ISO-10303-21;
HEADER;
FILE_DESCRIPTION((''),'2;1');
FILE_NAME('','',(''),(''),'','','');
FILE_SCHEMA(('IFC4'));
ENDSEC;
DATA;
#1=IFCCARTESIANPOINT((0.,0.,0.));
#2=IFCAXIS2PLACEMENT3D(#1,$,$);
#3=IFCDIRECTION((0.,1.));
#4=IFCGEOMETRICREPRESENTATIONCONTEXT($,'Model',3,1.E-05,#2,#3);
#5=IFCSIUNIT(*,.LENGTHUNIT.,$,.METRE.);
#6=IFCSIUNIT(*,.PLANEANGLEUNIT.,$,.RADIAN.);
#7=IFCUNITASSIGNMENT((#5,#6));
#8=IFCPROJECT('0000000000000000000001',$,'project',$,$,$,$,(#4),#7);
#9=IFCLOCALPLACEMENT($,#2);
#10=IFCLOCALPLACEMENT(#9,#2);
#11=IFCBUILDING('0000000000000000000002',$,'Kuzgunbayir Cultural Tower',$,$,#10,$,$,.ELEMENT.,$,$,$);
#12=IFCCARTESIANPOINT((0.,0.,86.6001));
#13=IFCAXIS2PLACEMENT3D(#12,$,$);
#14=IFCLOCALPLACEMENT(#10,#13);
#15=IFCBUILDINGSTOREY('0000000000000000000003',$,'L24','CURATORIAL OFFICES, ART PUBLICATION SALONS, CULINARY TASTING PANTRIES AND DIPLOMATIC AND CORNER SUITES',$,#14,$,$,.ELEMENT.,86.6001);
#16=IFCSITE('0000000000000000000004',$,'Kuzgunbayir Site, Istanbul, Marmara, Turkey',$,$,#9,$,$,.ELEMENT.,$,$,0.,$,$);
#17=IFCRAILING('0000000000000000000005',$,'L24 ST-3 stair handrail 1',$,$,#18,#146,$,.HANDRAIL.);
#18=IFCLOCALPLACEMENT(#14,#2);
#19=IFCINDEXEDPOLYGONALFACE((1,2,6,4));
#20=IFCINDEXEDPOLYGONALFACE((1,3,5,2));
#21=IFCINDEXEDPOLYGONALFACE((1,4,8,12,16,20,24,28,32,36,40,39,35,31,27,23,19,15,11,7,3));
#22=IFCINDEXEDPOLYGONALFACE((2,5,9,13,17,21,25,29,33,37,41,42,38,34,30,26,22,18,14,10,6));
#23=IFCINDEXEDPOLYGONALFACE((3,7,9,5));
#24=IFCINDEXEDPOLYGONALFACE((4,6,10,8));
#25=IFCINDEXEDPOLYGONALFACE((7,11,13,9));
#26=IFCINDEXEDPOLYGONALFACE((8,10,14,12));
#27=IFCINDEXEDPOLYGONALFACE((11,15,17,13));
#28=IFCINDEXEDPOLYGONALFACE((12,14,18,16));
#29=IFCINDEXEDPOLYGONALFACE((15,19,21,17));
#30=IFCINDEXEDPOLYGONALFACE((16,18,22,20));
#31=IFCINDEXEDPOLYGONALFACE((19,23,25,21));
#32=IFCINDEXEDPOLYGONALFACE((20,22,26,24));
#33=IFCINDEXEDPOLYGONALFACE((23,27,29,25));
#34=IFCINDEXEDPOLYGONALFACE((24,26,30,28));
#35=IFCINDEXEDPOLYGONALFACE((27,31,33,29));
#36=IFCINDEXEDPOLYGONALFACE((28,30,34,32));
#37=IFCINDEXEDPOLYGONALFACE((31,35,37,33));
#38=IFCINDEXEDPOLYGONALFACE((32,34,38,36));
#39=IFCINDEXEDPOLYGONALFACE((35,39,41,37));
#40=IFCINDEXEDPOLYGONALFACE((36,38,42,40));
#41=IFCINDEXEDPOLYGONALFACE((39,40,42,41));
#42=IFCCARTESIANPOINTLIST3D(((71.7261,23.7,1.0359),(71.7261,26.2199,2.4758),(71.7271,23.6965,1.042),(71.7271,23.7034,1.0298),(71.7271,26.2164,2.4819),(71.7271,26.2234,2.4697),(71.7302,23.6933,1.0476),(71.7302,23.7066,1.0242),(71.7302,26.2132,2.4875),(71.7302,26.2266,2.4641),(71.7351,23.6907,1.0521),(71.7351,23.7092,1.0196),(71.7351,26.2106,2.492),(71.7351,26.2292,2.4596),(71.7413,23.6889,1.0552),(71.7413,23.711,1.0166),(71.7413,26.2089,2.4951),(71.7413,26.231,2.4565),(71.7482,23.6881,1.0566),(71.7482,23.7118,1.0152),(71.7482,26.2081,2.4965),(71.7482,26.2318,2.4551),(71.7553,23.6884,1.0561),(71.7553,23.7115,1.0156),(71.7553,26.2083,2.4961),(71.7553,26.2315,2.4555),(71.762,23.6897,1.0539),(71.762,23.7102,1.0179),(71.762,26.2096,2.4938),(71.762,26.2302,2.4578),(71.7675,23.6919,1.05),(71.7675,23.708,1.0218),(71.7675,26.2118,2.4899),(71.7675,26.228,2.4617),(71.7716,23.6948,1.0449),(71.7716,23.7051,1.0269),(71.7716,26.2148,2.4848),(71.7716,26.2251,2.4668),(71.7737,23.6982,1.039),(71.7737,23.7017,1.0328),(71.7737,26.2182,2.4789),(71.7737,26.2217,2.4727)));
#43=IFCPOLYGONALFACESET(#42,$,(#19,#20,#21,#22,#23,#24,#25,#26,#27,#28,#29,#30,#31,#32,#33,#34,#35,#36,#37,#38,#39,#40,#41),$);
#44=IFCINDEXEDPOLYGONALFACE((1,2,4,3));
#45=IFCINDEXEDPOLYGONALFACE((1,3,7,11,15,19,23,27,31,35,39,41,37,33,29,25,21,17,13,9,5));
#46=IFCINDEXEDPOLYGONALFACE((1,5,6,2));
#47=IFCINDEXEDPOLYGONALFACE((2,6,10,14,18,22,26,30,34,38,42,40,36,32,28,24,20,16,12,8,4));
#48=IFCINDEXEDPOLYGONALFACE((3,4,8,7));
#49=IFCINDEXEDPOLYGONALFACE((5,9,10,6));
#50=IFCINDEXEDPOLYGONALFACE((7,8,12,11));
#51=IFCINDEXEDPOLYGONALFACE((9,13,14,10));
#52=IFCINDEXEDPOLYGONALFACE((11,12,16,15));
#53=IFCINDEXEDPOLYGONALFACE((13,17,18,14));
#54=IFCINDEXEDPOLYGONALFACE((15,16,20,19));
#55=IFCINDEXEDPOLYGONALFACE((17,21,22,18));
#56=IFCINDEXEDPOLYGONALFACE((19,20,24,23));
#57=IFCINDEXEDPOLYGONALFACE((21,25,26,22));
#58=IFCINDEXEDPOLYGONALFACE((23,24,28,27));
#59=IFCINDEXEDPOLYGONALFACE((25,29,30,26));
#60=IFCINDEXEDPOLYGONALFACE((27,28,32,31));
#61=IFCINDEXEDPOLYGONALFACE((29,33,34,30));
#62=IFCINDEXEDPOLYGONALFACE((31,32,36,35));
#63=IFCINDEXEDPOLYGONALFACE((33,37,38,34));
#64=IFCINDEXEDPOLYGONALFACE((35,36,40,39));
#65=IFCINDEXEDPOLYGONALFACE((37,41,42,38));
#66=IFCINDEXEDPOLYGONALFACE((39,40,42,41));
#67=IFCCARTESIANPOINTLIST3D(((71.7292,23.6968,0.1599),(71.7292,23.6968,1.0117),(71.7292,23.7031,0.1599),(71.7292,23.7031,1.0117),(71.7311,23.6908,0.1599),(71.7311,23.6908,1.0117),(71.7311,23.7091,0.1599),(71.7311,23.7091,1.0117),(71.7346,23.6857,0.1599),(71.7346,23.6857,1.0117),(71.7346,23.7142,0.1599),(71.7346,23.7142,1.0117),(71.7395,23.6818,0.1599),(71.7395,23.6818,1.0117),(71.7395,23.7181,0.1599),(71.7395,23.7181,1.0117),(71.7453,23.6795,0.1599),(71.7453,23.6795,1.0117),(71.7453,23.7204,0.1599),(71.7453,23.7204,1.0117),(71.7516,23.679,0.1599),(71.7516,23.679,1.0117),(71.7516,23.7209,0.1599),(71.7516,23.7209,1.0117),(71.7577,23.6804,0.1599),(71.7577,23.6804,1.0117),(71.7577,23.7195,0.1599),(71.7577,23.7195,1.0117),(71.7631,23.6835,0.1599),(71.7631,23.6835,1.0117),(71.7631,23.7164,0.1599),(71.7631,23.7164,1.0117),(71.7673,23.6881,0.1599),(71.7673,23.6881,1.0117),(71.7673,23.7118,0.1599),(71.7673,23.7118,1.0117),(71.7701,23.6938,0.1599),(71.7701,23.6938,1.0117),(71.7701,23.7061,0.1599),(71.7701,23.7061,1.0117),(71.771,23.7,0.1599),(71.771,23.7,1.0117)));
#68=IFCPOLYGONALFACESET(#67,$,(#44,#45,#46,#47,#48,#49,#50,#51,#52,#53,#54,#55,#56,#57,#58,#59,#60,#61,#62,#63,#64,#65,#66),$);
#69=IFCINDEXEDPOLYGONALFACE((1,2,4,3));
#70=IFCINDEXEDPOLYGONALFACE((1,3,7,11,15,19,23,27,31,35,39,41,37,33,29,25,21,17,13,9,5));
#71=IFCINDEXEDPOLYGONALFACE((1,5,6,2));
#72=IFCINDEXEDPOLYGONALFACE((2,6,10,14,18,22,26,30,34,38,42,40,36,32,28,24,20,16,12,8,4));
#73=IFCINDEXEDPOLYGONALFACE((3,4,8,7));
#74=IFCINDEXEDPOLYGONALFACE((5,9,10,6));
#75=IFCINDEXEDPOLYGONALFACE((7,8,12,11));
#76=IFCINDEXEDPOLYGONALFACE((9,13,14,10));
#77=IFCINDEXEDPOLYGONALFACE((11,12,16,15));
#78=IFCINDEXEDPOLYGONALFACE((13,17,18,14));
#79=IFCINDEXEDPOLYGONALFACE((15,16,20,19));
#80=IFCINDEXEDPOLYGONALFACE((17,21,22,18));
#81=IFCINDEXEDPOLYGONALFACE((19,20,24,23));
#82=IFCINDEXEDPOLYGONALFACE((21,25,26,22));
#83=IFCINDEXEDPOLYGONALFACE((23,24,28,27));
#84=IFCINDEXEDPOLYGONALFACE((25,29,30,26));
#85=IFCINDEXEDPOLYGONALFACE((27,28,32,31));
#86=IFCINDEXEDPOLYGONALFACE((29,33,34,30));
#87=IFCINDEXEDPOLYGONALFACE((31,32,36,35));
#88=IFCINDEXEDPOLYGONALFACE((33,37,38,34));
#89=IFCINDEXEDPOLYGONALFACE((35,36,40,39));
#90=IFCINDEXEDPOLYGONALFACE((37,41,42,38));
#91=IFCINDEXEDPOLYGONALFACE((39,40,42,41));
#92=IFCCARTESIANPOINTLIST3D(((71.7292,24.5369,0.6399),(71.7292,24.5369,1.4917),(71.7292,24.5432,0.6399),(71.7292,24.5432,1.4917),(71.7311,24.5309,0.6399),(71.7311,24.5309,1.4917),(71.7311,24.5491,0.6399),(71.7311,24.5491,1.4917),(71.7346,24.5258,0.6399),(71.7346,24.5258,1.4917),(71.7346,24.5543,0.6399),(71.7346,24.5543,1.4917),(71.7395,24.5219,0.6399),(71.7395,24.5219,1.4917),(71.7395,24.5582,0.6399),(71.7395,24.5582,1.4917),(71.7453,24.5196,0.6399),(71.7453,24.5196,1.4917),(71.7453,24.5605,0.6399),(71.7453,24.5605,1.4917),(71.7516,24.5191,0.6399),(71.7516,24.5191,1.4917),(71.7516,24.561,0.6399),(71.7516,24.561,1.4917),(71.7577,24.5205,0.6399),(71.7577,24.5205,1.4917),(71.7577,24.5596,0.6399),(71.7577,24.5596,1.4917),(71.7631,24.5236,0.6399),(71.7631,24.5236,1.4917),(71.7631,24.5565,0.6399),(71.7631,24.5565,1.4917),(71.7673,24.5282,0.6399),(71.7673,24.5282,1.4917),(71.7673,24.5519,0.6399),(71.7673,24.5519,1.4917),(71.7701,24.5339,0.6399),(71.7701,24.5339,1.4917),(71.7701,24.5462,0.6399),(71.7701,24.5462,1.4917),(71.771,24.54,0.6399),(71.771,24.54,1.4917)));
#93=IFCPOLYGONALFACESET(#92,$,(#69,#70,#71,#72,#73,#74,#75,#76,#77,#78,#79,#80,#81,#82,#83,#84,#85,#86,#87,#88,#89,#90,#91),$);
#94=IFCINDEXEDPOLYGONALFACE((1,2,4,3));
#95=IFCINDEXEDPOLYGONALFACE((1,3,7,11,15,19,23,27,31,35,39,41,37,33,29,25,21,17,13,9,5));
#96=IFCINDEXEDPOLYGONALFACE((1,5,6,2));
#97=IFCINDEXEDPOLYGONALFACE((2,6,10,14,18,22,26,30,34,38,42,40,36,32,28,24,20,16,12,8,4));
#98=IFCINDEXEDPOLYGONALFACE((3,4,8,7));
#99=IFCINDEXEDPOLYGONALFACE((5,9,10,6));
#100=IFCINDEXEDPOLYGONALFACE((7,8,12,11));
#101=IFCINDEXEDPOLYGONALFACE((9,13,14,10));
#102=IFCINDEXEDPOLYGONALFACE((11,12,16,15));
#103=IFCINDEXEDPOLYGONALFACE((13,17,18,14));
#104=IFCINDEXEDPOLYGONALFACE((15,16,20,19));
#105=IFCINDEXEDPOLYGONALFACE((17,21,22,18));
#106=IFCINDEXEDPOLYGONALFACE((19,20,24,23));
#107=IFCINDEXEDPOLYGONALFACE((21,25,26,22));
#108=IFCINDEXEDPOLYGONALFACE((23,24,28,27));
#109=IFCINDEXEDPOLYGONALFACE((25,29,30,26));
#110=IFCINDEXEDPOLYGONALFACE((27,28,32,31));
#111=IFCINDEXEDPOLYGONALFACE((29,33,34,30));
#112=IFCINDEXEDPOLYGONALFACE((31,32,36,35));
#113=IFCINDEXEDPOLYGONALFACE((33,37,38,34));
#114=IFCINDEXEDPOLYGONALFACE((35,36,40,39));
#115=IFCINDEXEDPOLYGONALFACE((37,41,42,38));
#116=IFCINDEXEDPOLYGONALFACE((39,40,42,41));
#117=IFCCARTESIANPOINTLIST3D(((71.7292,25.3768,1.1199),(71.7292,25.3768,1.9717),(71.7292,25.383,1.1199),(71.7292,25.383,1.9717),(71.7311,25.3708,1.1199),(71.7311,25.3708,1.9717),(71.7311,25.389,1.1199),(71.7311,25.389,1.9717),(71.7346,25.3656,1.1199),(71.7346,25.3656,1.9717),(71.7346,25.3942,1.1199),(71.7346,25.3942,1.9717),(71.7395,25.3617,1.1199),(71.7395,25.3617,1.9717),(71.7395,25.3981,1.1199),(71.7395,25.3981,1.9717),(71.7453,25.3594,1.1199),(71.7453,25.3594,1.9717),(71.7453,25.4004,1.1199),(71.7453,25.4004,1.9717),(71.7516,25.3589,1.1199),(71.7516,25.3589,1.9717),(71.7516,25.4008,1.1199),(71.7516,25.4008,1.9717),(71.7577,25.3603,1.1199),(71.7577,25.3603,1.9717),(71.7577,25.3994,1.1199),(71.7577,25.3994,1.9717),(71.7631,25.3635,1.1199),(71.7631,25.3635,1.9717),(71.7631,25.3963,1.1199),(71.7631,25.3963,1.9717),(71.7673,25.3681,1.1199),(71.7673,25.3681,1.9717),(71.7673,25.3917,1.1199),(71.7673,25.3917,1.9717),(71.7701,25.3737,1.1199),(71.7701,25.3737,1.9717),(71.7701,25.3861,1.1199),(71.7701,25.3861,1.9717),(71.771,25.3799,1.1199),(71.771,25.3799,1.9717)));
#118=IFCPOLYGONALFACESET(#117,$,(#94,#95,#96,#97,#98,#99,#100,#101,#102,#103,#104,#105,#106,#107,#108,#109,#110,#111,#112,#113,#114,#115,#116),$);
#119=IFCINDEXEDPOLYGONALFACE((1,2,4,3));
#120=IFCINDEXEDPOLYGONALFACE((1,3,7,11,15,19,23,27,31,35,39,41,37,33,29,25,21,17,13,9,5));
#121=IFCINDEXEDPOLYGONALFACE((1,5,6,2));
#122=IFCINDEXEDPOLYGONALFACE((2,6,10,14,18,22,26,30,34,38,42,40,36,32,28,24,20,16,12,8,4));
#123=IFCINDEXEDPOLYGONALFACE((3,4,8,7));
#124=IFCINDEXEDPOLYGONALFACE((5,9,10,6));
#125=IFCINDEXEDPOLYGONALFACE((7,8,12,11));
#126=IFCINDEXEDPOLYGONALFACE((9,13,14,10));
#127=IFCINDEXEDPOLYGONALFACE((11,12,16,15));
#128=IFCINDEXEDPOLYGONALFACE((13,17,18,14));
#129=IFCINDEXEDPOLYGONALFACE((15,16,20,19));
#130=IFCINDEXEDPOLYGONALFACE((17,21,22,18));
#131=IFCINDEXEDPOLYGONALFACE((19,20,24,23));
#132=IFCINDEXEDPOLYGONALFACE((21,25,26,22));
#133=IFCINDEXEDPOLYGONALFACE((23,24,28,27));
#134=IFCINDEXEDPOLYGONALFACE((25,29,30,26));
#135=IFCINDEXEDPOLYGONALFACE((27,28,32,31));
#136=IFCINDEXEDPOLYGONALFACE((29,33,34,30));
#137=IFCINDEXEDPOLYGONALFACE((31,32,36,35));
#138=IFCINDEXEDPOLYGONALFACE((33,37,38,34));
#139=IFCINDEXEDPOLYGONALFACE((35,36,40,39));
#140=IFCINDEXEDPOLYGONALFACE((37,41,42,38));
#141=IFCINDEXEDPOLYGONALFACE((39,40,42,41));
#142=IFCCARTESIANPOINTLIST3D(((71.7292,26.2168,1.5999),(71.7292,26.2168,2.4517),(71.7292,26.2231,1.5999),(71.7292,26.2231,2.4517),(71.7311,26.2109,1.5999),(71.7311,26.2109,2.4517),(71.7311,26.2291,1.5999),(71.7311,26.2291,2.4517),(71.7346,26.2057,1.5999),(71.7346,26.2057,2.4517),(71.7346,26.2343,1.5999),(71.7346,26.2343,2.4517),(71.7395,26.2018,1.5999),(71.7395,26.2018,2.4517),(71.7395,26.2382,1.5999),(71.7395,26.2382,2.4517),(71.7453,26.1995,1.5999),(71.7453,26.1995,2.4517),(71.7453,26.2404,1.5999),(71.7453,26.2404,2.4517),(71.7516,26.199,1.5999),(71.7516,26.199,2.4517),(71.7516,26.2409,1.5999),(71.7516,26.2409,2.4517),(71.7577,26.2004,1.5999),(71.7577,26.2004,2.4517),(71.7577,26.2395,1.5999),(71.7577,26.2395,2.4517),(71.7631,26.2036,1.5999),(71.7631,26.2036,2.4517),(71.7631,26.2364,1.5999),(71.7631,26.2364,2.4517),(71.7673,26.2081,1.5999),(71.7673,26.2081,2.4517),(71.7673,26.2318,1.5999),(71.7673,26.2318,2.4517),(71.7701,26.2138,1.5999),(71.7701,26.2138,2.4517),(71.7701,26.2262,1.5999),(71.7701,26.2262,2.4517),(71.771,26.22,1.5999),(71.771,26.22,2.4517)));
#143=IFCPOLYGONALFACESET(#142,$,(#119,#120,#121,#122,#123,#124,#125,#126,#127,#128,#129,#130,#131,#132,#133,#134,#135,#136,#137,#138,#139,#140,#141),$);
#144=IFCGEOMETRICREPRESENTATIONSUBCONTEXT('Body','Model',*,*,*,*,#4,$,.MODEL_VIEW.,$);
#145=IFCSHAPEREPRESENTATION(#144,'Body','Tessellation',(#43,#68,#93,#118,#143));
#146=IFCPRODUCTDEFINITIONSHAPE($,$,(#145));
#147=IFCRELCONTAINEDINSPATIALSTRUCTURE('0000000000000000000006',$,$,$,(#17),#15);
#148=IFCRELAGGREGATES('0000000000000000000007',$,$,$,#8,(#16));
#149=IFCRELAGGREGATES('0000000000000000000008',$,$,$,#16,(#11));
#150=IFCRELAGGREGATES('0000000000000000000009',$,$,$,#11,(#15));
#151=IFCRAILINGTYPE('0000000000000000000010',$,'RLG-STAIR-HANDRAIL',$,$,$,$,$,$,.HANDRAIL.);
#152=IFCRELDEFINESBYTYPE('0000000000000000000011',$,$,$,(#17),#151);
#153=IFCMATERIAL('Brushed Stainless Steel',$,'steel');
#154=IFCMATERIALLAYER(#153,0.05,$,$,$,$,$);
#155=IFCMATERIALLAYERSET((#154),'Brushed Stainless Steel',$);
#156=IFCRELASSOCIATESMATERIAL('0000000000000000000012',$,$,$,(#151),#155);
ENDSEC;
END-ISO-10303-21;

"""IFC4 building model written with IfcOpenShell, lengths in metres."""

from ifc_helpers import new_model, si_unit, direction, frame, origin, origin_2d, place, context, subcontext, project, spatial, circle, extrude, material, layer, layer_set, type_object, element, save


model = new_model("IFC4")

# Units and contexts
model_context = context("Model", 3, precision=1e-05, world=origin(), true_north=direction((0.0, 1.0)))
body_context = subcontext(model_context, "Body", "Model", "MODEL_VIEW")
ifc_project = project(units=[si_unit("LENGTHUNIT", "METRE"), si_unit("PLANEANGLEUNIT", "RADIAN")], contexts=[model_context])

# Site, building, storey
site_placement = place(None, origin())
site = spatial("IfcSite", under=ifc_project, at=site_placement, Name="Kuzgunbayir Site, Istanbul, Marmara, Turkey", CompositionType="ELEMENT", RefElevation=0.0)
building_placement = place(site_placement, origin())
building = spatial("IfcBuilding", under=site, at=building_placement, Name="Kuzgunbayir Cultural Tower", CompositionType="ELEMENT")
storey_placement = place(building_placement, frame((0.0, 0.0, 86.6001)))
storey = spatial("IfcBuildingStorey", under=building, at=storey_placement, Name="L24", Description="CURATORIAL OFFICES, ART PUBLICATION SALONS, CULINARY TASTING PANTRIES AND DIPLOMATIC AND CORNER SUITES", CompositionType="ELEMENT", Elevation=86.6001)

# Railing
ifc_material_1 = material(Name="Brushed Stainless Steel", Category="steel")
ifc_layer_1 = layer(ifc_material_1, 0.05)
ifc_layer_set_1 = layer_set([ifc_layer_1], Name="Brushed Stainless Steel")
railing_type_1 = type_object("IfcRailingType", Name="RLG-STAIR-HANDRAIL", PredefinedType="HANDRAIL", material=ifc_layer_set_1)
railing_1_placement = place(storey_placement, frame((71.75, 23.7, 0.1599)))
element("IfcRailing", 1, at=railing_1_placement, inside=storey, type_object=railing_type_1, Name="L24 ST-3 stair handrail 1", PredefinedType="HANDRAIL", context=body_context, shape_type="SweptSolid", body=[
    extrude(circle(Radius=0.0239, at=origin_2d()), frame((0.0, 0.0, 0.876), z_axis=(0.0, 0.868253, 0.496121), x_axis=(-1.0, 0.0, 0.0)), (0.0, 0.0, 1.0), 2.9023),
    extrude(circle(Radius=0.021, at=origin_2d()), origin(), (0.0, 0.0, 1.0), 0.8518),
    extrude(circle(Radius=0.021, at=origin_2d()), frame((0.0, 0.8401, 0.48)), (0.0, 0.0, 1.0), 0.8518),
    extrude(circle(Radius=0.021, at=origin_2d()), frame((0.0, 1.6799, 0.96)), (0.0, 0.0, 1.0), 0.8518),
    extrude(circle(Radius=0.021, at=origin_2d()), frame((0.0, 2.52, 1.4399)), (0.0, 0.0, 1.0), 0.8518),
])

save(model, "model.ifc")
